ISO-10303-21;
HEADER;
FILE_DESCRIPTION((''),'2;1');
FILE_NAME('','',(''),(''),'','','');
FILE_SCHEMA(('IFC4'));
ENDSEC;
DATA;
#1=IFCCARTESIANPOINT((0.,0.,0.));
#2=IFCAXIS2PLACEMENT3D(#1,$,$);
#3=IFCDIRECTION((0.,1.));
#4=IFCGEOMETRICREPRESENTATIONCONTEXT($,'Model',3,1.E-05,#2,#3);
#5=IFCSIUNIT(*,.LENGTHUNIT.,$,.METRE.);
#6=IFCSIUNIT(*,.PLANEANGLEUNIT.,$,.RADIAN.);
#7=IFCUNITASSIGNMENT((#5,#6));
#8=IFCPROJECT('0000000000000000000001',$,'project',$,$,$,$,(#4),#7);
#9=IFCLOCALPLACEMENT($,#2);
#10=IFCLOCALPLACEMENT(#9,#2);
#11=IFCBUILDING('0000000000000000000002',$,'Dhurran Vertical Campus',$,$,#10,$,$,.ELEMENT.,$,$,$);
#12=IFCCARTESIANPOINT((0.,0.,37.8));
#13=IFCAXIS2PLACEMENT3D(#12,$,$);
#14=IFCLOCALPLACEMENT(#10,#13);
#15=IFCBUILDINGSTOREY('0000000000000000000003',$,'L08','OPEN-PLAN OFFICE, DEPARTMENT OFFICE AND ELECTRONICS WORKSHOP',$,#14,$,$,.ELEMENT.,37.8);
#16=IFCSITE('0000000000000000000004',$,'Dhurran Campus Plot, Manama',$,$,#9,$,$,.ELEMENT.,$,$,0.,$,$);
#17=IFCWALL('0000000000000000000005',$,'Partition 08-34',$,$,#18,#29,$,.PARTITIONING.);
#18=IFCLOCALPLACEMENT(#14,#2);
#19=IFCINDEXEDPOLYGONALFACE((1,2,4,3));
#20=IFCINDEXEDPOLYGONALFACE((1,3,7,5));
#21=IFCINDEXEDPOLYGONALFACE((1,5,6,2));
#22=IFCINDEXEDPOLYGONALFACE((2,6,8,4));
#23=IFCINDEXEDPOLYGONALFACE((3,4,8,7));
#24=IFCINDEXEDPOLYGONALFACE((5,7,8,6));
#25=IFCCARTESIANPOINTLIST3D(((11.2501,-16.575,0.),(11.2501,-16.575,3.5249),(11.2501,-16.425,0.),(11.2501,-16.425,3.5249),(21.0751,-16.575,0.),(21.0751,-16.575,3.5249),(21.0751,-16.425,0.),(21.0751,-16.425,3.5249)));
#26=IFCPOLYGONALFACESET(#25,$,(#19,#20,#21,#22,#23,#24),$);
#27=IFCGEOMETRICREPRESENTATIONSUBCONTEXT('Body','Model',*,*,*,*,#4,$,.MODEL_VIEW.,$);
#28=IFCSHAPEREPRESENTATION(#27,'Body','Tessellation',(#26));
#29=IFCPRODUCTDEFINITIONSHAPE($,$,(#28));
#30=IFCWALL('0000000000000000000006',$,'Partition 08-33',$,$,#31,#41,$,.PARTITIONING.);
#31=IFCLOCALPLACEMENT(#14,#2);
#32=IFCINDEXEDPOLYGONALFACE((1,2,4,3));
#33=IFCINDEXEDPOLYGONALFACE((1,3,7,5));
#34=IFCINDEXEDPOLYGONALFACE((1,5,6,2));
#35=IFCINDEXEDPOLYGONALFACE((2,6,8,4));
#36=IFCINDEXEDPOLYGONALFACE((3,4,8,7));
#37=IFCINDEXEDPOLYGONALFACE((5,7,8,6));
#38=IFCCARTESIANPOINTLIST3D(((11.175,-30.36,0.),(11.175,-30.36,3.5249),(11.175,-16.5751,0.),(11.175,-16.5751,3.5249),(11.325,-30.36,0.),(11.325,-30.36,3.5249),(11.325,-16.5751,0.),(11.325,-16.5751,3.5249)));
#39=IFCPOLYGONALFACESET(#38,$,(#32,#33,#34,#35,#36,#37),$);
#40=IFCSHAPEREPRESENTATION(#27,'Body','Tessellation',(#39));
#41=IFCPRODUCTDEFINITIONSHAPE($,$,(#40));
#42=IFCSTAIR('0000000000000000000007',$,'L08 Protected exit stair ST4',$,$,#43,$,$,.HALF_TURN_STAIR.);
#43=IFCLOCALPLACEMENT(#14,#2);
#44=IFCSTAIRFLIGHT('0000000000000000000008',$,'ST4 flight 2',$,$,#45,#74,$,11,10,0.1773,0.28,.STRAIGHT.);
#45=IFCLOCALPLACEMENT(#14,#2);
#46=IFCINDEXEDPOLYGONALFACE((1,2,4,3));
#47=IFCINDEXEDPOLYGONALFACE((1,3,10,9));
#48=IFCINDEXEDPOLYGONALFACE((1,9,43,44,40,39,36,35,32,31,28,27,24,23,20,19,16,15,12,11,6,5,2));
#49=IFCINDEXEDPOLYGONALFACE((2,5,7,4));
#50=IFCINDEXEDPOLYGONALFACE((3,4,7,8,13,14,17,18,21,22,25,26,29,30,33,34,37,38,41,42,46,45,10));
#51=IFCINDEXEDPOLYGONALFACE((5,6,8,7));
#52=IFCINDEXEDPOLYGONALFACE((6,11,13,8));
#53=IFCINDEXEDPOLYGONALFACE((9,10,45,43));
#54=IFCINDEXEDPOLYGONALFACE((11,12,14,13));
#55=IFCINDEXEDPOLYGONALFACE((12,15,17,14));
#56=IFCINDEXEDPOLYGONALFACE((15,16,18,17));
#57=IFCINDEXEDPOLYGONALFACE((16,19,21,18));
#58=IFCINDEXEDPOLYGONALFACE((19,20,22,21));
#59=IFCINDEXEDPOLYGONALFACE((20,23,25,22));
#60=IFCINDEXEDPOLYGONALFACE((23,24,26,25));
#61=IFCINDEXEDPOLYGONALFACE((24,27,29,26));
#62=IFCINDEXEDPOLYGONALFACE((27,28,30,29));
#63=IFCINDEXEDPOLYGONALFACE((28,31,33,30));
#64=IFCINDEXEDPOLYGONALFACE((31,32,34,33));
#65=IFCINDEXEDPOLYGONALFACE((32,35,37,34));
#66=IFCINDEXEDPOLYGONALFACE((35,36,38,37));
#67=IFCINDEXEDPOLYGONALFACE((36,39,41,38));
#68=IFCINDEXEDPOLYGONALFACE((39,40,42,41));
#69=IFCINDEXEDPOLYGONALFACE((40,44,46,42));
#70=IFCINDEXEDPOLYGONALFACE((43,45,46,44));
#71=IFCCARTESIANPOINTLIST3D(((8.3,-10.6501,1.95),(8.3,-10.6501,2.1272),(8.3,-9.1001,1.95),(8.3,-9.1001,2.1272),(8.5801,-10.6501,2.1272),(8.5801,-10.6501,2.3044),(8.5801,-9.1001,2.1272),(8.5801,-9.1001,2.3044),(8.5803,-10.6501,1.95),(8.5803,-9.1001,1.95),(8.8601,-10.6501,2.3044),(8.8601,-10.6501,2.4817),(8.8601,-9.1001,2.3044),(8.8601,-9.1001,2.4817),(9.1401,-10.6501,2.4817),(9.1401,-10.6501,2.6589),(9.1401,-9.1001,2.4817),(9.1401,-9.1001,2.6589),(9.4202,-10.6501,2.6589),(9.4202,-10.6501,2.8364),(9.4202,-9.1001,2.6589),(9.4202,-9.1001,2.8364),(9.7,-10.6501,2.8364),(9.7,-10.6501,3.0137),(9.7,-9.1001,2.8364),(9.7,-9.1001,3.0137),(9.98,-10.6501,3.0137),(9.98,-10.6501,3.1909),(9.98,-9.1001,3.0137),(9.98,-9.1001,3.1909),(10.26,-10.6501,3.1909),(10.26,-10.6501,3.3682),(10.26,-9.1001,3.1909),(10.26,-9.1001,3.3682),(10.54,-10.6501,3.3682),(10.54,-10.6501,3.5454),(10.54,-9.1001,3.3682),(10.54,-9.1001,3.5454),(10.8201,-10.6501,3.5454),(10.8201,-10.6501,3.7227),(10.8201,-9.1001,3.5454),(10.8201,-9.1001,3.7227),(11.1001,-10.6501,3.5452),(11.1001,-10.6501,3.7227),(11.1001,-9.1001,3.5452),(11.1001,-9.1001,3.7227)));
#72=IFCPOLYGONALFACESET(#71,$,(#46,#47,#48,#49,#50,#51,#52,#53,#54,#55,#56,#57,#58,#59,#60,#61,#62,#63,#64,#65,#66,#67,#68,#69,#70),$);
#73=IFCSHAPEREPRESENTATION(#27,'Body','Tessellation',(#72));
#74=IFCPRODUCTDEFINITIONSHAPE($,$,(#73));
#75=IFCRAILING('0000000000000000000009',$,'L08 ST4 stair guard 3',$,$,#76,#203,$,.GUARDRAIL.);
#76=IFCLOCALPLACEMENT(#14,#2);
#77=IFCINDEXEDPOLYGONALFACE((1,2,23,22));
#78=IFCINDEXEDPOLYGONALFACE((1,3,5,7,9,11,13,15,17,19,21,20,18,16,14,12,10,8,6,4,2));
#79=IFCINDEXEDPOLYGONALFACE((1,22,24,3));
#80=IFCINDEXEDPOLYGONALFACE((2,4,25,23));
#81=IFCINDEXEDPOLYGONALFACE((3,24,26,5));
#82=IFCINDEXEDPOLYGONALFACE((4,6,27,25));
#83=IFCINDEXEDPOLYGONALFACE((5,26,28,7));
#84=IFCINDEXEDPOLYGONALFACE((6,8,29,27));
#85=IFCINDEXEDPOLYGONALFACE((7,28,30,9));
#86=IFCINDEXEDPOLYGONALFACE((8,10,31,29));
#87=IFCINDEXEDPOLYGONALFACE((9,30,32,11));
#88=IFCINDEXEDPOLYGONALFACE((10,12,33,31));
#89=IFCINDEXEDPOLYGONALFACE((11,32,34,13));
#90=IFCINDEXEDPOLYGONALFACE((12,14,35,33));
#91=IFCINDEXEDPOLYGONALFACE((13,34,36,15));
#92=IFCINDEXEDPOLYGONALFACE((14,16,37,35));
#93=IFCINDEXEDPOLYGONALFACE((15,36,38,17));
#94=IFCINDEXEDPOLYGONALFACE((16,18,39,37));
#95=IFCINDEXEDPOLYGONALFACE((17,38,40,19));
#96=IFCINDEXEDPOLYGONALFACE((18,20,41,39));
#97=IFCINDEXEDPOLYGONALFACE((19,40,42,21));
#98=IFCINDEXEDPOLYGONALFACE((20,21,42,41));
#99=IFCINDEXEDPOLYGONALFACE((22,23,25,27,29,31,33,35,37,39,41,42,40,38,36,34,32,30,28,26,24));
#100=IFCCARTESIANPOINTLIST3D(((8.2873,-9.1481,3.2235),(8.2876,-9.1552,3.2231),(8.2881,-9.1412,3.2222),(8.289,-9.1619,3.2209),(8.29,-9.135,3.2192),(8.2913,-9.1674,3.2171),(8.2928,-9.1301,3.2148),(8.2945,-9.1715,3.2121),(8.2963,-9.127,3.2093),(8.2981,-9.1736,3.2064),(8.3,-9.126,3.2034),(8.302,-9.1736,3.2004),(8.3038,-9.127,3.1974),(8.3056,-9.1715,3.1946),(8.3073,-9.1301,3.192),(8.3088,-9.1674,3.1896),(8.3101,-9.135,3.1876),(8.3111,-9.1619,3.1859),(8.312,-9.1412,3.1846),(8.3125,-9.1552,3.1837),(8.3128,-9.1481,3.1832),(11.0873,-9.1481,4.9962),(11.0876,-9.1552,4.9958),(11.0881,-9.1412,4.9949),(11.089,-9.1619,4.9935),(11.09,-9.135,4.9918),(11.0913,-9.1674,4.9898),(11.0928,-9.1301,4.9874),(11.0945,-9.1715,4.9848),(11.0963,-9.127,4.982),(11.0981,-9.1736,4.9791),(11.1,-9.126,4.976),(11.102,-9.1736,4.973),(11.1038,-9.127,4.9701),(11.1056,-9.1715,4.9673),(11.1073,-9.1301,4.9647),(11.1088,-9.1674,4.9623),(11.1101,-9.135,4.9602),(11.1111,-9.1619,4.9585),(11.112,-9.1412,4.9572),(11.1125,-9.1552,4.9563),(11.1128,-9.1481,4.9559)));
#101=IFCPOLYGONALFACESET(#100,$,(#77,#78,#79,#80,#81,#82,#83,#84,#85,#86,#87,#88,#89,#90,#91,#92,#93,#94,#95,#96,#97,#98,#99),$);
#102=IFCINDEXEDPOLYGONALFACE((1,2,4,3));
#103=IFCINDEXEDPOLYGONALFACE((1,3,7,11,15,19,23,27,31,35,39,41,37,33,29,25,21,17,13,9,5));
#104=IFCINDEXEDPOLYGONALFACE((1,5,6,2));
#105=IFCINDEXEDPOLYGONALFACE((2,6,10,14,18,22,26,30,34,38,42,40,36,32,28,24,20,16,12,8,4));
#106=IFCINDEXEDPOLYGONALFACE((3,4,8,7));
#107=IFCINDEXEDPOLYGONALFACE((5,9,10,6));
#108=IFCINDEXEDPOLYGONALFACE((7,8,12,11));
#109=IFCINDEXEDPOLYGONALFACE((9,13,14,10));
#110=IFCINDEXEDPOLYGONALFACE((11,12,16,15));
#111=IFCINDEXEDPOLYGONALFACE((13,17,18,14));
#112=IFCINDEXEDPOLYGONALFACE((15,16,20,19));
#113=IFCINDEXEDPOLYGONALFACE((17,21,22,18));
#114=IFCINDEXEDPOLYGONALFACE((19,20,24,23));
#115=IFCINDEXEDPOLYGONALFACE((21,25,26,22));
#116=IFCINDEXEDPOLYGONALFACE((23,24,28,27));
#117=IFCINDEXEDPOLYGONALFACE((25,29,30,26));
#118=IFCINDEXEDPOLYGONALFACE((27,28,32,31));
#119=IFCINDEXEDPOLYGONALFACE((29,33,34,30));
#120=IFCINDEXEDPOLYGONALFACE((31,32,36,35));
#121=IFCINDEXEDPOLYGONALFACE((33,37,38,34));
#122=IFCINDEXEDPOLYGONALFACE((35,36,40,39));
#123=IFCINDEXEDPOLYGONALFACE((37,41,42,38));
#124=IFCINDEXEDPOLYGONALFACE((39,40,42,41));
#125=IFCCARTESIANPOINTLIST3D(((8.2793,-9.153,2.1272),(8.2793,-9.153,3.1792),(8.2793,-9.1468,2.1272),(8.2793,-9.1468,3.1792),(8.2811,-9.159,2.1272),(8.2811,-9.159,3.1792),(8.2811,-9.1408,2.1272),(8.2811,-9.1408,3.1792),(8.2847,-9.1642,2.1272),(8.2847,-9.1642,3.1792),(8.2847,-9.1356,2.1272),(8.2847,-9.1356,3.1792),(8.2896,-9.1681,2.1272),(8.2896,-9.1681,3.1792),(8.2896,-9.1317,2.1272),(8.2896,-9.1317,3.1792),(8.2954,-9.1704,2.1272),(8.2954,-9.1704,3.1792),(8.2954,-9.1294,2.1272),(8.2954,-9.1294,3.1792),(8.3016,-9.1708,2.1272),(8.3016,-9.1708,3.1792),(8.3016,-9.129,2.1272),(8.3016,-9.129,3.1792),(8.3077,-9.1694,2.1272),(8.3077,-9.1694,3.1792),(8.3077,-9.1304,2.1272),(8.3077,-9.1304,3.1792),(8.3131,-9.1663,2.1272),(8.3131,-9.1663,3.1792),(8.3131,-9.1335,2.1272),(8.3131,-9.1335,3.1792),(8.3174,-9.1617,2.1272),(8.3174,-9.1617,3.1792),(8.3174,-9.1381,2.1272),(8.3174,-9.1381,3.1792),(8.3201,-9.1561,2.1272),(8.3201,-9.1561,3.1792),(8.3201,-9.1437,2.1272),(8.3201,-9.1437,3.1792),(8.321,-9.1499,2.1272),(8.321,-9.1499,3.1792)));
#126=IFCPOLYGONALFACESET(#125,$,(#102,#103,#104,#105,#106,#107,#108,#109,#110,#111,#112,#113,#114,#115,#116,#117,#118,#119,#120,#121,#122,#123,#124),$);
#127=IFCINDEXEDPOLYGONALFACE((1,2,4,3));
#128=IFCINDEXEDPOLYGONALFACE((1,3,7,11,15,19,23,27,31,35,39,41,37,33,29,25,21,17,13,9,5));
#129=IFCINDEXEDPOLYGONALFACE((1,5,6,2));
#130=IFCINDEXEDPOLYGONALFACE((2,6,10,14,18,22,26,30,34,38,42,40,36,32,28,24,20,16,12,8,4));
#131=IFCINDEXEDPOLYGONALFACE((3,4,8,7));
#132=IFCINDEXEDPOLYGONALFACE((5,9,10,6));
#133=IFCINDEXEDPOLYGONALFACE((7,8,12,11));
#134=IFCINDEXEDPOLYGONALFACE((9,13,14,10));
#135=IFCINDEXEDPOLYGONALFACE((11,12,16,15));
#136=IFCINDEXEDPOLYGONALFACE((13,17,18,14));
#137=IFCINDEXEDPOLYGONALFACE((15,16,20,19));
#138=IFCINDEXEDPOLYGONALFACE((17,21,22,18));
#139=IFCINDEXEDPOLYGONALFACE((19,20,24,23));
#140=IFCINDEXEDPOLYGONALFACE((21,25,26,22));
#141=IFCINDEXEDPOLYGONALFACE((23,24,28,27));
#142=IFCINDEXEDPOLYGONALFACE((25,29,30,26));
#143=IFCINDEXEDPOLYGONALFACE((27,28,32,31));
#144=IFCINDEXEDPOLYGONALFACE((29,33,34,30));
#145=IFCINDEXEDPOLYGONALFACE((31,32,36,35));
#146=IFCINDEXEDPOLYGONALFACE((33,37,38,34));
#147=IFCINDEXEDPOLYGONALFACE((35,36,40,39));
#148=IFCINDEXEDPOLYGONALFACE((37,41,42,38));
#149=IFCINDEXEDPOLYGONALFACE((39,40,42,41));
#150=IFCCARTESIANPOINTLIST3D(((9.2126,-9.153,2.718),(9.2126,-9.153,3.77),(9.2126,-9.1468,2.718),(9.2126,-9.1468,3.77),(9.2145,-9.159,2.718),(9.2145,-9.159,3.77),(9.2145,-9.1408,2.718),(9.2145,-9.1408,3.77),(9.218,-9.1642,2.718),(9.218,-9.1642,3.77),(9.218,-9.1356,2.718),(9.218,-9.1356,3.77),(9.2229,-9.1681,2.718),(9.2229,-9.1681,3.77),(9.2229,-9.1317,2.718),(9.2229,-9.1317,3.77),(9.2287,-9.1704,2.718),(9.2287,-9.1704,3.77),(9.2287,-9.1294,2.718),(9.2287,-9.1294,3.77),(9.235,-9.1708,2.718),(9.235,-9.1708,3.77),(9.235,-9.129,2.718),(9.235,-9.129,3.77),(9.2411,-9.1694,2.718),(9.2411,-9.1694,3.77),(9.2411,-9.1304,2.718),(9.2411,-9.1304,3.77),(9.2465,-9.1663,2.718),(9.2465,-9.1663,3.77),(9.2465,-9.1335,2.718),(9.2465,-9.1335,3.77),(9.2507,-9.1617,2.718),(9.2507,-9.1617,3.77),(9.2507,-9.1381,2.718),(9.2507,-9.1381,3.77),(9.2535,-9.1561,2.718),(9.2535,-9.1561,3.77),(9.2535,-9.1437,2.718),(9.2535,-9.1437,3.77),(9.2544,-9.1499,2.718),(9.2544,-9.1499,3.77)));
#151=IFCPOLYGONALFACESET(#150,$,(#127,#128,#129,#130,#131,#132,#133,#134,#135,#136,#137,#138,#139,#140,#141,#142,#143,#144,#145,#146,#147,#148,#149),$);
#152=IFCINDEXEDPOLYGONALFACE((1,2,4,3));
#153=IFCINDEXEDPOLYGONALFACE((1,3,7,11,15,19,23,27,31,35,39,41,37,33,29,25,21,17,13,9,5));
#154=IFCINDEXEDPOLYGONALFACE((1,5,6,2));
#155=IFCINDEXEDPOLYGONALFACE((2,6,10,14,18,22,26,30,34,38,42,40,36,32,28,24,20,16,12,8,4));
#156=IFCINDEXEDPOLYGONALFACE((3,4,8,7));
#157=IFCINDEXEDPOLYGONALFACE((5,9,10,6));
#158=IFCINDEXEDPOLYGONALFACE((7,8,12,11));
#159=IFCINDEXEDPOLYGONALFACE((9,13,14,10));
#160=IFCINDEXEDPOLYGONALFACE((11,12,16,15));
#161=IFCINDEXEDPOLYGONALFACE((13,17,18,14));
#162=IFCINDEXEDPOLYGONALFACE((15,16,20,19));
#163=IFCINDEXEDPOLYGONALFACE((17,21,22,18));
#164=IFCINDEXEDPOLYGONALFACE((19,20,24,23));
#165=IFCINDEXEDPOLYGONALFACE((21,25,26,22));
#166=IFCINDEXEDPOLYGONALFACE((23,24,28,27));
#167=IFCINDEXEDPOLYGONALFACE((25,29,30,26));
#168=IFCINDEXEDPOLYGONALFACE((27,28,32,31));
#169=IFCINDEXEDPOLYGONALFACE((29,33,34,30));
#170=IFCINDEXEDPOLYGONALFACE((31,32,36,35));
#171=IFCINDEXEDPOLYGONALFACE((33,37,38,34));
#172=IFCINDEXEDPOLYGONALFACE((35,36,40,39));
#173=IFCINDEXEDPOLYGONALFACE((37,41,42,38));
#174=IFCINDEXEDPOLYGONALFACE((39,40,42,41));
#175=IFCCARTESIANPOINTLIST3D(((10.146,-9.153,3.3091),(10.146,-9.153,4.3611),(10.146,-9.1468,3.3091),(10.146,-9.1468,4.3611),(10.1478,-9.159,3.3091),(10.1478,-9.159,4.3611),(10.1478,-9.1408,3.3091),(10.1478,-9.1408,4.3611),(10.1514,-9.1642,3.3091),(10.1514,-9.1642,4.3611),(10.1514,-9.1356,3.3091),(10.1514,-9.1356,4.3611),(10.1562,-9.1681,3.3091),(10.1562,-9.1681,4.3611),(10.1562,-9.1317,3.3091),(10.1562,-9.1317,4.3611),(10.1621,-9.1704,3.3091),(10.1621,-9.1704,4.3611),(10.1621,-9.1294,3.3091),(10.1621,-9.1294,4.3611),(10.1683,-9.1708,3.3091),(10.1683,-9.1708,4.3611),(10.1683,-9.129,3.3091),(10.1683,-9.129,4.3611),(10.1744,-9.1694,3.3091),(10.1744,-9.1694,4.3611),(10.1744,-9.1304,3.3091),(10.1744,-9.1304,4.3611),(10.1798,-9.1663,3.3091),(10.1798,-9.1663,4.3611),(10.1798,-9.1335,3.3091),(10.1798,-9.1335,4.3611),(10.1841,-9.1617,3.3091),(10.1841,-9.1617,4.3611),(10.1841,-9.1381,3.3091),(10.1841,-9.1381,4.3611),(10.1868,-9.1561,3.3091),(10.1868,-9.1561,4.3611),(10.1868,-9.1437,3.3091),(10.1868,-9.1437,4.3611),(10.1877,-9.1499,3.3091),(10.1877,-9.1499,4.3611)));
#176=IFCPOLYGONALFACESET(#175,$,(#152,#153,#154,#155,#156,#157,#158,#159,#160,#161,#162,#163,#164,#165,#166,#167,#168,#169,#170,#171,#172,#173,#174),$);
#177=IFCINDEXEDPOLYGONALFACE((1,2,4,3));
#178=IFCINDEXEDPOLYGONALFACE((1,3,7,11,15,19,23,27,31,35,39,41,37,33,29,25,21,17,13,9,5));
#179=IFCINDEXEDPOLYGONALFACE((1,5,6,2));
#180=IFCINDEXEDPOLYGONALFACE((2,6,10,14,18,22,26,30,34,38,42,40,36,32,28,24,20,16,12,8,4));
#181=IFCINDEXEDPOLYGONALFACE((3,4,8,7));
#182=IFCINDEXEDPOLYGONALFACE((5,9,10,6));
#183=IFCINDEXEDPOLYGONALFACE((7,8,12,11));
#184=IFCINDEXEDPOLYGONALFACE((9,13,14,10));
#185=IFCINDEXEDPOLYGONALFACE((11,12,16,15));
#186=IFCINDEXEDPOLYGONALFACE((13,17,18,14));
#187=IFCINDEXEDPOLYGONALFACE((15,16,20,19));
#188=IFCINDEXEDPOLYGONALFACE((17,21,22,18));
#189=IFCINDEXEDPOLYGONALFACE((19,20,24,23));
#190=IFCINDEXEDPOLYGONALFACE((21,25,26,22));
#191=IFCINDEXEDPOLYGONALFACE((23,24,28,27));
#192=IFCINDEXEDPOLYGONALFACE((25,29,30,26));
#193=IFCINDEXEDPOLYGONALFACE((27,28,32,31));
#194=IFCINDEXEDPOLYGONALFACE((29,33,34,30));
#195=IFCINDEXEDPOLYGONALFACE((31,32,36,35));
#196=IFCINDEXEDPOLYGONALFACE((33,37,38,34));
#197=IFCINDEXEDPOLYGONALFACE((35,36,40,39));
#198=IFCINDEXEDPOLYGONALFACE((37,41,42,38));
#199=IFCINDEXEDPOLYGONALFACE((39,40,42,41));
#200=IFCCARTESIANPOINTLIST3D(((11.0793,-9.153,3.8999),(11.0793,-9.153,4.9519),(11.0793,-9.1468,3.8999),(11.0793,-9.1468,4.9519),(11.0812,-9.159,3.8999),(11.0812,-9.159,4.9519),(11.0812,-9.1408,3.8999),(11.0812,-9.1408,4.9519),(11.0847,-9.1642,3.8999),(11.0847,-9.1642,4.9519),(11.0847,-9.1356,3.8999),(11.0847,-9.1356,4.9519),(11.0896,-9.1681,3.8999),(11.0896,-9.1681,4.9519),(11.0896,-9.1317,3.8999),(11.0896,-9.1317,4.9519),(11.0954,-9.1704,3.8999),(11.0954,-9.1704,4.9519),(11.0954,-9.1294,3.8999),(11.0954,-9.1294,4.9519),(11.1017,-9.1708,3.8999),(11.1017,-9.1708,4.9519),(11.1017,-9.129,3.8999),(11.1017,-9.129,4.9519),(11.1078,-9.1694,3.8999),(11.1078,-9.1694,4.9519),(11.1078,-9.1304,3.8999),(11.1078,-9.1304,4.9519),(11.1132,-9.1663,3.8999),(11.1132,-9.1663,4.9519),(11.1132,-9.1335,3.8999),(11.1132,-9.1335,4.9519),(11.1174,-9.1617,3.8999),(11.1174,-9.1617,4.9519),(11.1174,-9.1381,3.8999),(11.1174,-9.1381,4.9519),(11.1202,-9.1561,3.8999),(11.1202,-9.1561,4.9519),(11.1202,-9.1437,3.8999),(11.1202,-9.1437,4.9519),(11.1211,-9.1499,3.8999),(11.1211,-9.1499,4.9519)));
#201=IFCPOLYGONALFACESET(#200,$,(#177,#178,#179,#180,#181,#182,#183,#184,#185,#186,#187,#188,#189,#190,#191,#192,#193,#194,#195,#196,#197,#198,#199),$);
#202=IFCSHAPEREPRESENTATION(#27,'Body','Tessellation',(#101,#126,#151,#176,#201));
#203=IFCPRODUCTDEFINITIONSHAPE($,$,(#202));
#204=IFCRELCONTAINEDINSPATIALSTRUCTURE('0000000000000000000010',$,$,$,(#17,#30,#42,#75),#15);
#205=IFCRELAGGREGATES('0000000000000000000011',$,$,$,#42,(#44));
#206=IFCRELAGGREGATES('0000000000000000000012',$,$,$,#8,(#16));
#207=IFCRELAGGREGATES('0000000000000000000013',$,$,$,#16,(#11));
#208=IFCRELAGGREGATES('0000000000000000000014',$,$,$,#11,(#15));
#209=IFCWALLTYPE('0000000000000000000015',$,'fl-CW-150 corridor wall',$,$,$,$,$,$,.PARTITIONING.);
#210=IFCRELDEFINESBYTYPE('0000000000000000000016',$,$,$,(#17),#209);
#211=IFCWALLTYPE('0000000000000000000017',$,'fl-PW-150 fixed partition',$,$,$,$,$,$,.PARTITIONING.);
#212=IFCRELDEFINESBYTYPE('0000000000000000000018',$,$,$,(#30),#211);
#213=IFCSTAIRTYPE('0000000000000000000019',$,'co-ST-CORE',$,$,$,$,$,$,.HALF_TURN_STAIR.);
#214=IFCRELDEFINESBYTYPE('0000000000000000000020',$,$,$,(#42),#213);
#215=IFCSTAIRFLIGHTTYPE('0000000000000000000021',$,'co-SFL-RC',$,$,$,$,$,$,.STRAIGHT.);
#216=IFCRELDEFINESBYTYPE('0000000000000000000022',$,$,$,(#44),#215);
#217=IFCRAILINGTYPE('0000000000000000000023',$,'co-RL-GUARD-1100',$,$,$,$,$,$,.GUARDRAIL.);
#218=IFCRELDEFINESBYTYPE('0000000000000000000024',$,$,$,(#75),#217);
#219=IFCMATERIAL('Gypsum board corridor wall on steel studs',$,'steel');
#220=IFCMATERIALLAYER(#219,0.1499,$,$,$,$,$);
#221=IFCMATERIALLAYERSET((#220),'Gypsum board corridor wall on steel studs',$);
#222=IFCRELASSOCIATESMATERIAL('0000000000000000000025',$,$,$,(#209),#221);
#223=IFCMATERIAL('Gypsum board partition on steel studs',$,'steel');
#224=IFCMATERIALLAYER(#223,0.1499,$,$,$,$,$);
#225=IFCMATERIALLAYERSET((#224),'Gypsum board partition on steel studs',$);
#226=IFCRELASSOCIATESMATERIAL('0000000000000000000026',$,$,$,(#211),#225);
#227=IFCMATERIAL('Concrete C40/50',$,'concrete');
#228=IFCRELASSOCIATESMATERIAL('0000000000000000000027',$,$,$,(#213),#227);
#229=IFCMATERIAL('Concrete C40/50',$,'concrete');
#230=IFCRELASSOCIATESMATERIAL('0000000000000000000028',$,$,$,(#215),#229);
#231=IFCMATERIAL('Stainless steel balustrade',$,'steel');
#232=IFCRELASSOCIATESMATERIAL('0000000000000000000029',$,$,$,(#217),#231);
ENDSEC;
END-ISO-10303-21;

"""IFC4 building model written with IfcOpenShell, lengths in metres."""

from ifc_helpers import new_model, si_unit, direction, frame, frame_2d, origin, origin_2d, place, context, subcontext, project, spatial, polyline, rectangle, circle, outline, extrude, material, layer, layer_set, type_object, element, aggregate, save


model = new_model("IFC4")

# Units and contexts
model_context = context("Model", 3, precision=1e-05, world=origin(), true_north=direction((0.0, 1.0)))
body_context = subcontext(model_context, "Body", "Model", "MODEL_VIEW")
ifc_project = project(units=[si_unit("LENGTHUNIT", "METRE"), si_unit("PLANEANGLEUNIT", "RADIAN")], contexts=[model_context])

# Site, building, storey
site_placement = place(None, origin())
site = spatial("IfcSite", under=ifc_project, at=site_placement, Name="Dhurran Campus Plot, Manama", CompositionType="ELEMENT", RefElevation=0.0)
building_placement = place(site_placement, origin())
building = spatial("IfcBuilding", under=site, at=building_placement, Name="Dhurran Vertical Campus", CompositionType="ELEMENT")
storey_placement = place(building_placement, frame((0.0, 0.0, 37.8)))
storey = spatial("IfcBuildingStorey", under=building, at=storey_placement, Name="L08", Description="OPEN-PLAN OFFICE, DEPARTMENT OFFICE AND ELECTRONICS WORKSHOP", CompositionType="ELEMENT", Elevation=37.8)

# Walls
ifc_material_1 = material(Name="Gypsum board corridor wall on steel studs", Category="steel")
ifc_layer_1 = layer(ifc_material_1, 0.1499)
ifc_layer_set_1 = layer_set([ifc_layer_1], Name="Gypsum board corridor wall on steel studs")
wall_type_1 = type_object("IfcWallType", Name="fl-CW-150 corridor wall", PredefinedType="PARTITIONING", material=ifc_layer_set_1)
wall_1_placement = place(storey_placement, frame((11.25, -16.5, 0.0), z_axis=(0.0, 0.0, 1.0), x_axis=(1.0, 0.0, 0.0)))
element("IfcWall", 1, at=wall_1_placement, inside=storey, type_object=wall_type_1, Name="Partition 08-34", PredefinedType="PARTITIONING", context=body_context, shape_type="SweptSolid", body=[
    extrude(rectangle(XDim=9.825, YDim=0.1499, at=frame_2d((4.9126, 0.0))), origin(), (0.0, 0.0, 1.0), 3.5249),
])
ifc_material_2 = material(Name="Gypsum board partition on steel studs", Category="steel")
ifc_layer_2 = layer(ifc_material_2, 0.1499)
ifc_layer_set_2 = layer_set([ifc_layer_2], Name="Gypsum board partition on steel studs")
wall_type_2 = type_object("IfcWallType", Name="fl-PW-150 fixed partition", PredefinedType="PARTITIONING", material=ifc_layer_set_2)
wall_2_placement = place(storey_placement, frame((11.25, -16.575, 0.0), z_axis=(0.0, 0.0, 1.0), x_axis=(0.0, -1.0, 0.0)))
element("IfcWall", 2, at=wall_2_placement, inside=storey, type_object=wall_type_2, Name="Partition 08-33", PredefinedType="PARTITIONING", context=body_context, shape_type="SweptSolid", body=[
    extrude(rectangle(XDim=13.7849, YDim=0.1499, at=frame_2d((6.8926, 0.0))), origin(), (0.0, 0.0, 1.0), 3.5249),
])

# Stair, stair flight
ifc_material_3 = material(Name="Concrete C40/50", Category="concrete")
stair_type = type_object("IfcStairType", Name="co-ST-CORE", PredefinedType="HALF_TURN_STAIR", material=ifc_material_3)
stair_placement = place(storey_placement, origin())
stair = element("IfcStair", 3, at=stair_placement, inside=storey, type_object=stair_type, Name="L08 Protected exit stair ST4", PredefinedType="HALF_TURN_STAIR")
ifc_material_4 = material(Name="Concrete C40/50", Category="concrete")
stair_flight_type = type_object("IfcStairFlightType", Name="co-SFL-RC", PredefinedType="STRAIGHT", material=ifc_material_4)
stair_flight_placement = place(storey_placement, frame((8.3, -9.875, 1.95), z_axis=(0.0, 0.0, 1.0), x_axis=(1.0, 0.0, 0.0)))
stair_flight = element("IfcStairFlight", 4, at=stair_flight_placement, type_object=stair_flight_type, Name="ST4 flight 2", NumberOfRisers=11, NumberOfTreads=10, PredefinedType="STRAIGHT", RiserHeight=0.1773, TreadLength=0.28, context=body_context, shape_type="SweptSolid", body=[
    extrude(outline(polyline([(0.0, 0.0), (0.0, 0.1772), (0.28, 0.1772), (0.28, 0.3545), (0.5601, 0.3545), (0.5601, 0.5317), (0.8401, 0.5317), (0.8401, 0.709), (1.1201, 0.709), (1.1201, 0.8865), (1.3999, 0.8865), (1.3999, 1.0637), (1.6799, 1.0637), (1.6799, 1.241), (1.96, 1.241), (1.96, 1.4182), (2.24, 1.4182), (2.24, 1.5955), (2.52, 1.5955), (2.52, 1.7727), (2.8, 1.7727), (2.8, 1.95), (2.8, 1.5952), (0.2803, 0.0), (0.0, 0.0)])), frame((0.0, 0.7749, 0.0), z_axis=(0.0, -1.0, 0.0), x_axis=(1.0, 0.0, 0.0)), (0.0, 0.0, 1.0), 1.55),
])
aggregate(stair, [stair_flight])

# Railing
ifc_material_5 = material(Name="Stainless steel balustrade", Category="steel")
railing_type_1 = type_object("IfcRailingType", Name="co-RL-GUARD-1100", PredefinedType="GUARDRAIL", material=ifc_material_5)
railing_1_placement = place(storey_placement, frame((8.3, -9.1499, 2.1272)))
element("IfcRailing", 5, at=railing_1_placement, inside=storey, type_object=railing_type_1, Name="L08 ST4 stair guard 3", PredefinedType="GUARDRAIL", context=body_context, shape_type="SweptSolid", body=[
    extrude(circle(Radius=0.0239, at=origin_2d()), frame((0.0, 0.0, 1.0762), z_axis=(0.844909, 0.0, 0.53491), x_axis=(0.0, 1.0, 0.0)), (0.0, 0.0, 1.0), 3.314),
    extrude(circle(Radius=0.021, at=origin_2d()), origin(), (0.0, 0.0, 1.0), 1.052),
    extrude(circle(Radius=0.021, at=origin_2d()), frame((0.9333, 0.0, 0.5908)), (0.0, 0.0, 1.0), 1.052),
    extrude(circle(Radius=0.021, at=origin_2d()), frame((1.8667, 0.0, 1.1819)), (0.0, 0.0, 1.0), 1.052),
    extrude(circle(Radius=0.021, at=origin_2d()), frame((2.8, 0.0, 1.7727)), (0.0, 0.0, 1.0), 1.052),
])

save(model, "model.ifc")
